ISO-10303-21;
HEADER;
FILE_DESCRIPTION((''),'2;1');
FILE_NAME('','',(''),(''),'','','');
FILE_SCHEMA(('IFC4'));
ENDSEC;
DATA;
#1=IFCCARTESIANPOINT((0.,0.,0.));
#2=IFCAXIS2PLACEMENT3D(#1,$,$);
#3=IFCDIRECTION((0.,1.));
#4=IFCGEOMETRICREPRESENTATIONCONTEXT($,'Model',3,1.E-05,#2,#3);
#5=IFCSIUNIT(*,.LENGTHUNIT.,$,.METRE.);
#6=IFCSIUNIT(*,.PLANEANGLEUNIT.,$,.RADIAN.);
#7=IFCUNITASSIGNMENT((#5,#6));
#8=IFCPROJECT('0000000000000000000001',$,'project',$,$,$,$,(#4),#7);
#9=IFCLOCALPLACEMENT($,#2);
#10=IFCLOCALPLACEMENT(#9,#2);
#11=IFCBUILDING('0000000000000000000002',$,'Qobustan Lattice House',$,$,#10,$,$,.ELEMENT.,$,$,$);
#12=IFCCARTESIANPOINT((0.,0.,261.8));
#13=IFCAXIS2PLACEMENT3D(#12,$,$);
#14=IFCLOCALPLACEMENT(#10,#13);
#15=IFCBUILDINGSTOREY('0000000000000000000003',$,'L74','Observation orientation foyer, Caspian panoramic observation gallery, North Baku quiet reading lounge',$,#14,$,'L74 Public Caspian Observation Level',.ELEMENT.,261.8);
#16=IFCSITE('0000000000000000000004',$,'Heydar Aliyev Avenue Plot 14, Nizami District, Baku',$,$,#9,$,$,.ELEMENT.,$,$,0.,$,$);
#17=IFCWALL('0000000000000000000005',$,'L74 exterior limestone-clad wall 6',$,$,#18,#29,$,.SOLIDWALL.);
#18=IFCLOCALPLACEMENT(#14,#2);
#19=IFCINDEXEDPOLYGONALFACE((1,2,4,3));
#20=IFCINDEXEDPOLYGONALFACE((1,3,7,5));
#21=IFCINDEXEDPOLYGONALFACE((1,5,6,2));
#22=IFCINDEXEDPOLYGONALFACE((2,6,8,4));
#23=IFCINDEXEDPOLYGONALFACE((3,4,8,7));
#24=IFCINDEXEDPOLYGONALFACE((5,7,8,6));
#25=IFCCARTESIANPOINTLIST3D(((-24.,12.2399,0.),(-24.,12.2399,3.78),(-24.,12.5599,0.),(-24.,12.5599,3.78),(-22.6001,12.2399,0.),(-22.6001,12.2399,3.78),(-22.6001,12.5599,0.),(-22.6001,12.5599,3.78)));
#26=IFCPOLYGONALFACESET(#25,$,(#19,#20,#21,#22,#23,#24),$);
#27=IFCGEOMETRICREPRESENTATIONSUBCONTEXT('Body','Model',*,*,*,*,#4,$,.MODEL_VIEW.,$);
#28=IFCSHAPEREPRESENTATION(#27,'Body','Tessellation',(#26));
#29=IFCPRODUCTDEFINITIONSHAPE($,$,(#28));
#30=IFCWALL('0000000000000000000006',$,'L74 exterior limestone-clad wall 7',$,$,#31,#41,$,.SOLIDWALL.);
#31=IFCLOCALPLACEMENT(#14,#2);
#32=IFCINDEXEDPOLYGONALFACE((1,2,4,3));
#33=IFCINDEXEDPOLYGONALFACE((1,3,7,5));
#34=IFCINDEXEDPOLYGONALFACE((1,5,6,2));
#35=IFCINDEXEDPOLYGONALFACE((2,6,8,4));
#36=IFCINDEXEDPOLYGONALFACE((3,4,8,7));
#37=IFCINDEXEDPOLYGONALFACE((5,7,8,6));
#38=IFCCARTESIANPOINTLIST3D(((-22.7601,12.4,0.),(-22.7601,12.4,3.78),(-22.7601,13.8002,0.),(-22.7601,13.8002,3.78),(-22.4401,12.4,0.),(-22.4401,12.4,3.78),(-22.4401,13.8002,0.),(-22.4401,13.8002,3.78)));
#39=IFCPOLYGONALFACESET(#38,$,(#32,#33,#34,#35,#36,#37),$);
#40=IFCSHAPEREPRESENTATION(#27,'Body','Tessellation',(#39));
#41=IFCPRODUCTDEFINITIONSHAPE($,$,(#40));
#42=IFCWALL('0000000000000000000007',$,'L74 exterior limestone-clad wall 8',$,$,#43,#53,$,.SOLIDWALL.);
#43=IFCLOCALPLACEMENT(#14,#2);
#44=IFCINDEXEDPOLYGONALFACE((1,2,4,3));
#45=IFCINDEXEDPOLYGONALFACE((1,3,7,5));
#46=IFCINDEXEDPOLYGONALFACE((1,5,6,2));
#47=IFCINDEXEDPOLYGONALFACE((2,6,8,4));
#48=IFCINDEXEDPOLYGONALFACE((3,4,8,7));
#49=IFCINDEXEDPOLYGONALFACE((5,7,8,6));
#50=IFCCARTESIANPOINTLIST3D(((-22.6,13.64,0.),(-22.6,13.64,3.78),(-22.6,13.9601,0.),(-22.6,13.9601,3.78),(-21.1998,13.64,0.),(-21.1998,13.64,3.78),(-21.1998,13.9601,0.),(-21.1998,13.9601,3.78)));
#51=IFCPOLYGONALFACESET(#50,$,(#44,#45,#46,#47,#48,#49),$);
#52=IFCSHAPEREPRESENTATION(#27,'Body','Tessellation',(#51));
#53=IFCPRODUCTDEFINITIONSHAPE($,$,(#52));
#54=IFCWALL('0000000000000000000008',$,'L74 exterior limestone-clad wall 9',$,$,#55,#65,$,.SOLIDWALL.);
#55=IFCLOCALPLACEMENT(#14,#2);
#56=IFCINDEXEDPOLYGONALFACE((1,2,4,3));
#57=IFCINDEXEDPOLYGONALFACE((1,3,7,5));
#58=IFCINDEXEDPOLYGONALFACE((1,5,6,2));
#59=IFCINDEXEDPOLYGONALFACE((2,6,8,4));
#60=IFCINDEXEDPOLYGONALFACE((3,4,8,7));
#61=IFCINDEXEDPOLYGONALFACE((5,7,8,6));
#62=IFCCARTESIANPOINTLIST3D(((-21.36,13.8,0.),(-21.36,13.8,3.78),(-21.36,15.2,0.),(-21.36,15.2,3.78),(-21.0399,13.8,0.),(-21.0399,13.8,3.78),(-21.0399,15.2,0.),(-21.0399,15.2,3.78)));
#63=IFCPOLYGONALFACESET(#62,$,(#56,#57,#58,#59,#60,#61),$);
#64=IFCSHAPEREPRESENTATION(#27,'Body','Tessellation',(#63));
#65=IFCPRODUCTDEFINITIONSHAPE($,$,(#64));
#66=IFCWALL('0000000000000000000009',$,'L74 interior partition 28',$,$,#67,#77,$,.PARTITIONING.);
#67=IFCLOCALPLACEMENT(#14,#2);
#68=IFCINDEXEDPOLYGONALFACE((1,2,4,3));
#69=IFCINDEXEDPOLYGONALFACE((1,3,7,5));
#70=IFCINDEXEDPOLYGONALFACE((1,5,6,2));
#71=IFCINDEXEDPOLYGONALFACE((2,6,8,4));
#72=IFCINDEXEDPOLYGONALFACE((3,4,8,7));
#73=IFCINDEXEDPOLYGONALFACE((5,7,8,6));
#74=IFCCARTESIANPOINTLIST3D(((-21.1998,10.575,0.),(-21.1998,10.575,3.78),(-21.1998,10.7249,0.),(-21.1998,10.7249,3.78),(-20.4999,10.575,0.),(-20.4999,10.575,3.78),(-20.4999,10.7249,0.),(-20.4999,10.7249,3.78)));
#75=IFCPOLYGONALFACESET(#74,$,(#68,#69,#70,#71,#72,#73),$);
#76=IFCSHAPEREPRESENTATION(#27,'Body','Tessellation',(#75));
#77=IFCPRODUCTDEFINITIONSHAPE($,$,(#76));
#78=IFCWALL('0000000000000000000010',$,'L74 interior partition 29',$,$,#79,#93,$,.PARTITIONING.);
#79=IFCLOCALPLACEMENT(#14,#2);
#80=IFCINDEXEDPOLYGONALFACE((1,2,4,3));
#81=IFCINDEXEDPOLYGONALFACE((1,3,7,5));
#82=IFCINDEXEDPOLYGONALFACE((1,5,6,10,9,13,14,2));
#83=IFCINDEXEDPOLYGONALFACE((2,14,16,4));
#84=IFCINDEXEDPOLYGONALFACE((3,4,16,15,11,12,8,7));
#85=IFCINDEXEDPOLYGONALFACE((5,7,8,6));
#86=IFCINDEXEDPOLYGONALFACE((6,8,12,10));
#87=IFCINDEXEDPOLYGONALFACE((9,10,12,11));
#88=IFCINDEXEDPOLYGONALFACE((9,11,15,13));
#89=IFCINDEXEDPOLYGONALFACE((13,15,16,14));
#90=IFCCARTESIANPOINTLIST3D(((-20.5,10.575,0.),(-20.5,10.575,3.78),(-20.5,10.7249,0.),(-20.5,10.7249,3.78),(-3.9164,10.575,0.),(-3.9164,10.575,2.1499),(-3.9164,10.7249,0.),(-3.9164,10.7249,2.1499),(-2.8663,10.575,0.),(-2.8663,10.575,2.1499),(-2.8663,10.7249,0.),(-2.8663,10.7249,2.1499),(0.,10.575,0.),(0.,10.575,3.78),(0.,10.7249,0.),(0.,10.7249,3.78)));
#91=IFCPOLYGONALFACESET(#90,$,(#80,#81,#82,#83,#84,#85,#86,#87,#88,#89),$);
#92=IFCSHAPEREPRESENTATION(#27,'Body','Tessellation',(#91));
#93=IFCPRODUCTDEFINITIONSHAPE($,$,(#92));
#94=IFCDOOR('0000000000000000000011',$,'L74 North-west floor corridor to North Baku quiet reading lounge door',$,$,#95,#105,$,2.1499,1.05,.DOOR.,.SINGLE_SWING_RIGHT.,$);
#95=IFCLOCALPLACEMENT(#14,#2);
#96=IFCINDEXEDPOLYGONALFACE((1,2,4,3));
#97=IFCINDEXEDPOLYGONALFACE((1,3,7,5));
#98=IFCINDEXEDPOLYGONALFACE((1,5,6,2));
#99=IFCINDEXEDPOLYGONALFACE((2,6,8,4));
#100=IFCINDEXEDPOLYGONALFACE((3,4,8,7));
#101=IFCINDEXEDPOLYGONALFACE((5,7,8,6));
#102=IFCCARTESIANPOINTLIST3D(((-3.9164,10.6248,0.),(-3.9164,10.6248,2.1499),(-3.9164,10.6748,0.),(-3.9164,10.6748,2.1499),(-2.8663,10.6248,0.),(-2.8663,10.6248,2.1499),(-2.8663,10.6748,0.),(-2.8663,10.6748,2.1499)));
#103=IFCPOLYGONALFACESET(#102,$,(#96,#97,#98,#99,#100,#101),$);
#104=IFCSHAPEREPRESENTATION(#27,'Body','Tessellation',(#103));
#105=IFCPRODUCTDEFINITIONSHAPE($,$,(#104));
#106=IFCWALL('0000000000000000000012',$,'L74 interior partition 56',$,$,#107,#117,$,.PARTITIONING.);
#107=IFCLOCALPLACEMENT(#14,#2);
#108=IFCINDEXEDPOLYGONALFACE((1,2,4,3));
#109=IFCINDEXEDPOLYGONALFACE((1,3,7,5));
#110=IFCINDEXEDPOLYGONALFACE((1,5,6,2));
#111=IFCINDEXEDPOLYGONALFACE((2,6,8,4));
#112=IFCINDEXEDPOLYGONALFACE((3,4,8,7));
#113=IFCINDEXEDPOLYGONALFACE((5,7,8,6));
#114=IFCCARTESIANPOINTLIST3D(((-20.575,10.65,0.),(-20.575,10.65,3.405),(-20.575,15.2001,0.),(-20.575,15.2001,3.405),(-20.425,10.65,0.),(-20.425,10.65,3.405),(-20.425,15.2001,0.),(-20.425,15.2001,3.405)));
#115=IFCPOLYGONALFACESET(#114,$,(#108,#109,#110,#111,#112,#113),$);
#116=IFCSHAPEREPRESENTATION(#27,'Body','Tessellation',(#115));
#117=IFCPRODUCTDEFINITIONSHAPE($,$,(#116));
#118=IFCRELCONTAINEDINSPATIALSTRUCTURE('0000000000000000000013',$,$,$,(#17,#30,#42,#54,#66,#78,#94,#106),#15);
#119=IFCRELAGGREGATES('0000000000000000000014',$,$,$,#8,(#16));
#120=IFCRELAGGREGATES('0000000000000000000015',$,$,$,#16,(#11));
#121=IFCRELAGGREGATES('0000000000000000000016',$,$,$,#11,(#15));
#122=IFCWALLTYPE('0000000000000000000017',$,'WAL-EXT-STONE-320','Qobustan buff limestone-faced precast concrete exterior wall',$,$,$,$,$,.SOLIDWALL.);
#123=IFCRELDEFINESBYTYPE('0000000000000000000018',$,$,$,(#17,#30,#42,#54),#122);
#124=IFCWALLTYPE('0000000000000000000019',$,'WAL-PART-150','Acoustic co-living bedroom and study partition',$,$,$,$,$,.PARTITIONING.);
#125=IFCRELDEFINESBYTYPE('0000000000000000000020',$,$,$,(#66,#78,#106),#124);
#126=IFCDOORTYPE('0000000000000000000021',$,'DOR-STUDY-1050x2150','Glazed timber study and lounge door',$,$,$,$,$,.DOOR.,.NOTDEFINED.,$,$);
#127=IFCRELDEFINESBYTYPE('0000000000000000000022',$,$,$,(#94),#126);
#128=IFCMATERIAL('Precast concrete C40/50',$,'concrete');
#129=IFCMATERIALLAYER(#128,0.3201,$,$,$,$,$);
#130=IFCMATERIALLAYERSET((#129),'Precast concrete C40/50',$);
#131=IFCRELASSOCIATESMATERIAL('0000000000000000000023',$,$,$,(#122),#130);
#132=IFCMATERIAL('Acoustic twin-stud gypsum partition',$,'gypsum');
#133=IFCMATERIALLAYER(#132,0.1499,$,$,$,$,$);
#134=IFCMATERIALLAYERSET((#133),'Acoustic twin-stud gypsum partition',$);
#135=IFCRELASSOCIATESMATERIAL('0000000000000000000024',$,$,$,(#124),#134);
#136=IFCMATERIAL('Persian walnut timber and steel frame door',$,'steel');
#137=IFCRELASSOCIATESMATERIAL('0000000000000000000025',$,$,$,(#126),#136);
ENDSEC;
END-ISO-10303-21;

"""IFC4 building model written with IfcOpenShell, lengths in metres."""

from ifc_helpers import new_model, si_unit, direction, frame, frame_2d, origin, place, context, subcontext, project, spatial, rectangle, extrude, material, layer, layer_set, type_object, element, fill, save


model = new_model("IFC4")

# Units and contexts
model_context = context("Model", 3, precision=1e-05, world=origin(), true_north=direction((0.0, 1.0)))
body_context = subcontext(model_context, "Body", "Model", "MODEL_VIEW")
ifc_project = project(units=[si_unit("LENGTHUNIT", "METRE"), si_unit("PLANEANGLEUNIT", "RADIAN")], contexts=[model_context])

# Site, building, storey
site_placement = place(None, origin())
site = spatial("IfcSite", under=ifc_project, at=site_placement, Name="Heydar Aliyev Avenue Plot 14, Nizami District, Baku", CompositionType="ELEMENT", RefElevation=0.0)
building_placement = place(site_placement, origin())
building = spatial("IfcBuilding", under=site, at=building_placement, Name="Qobustan Lattice House", CompositionType="ELEMENT")
storey_placement = place(building_placement, frame((0.0, 0.0, 261.8)))
storey = spatial("IfcBuildingStorey", under=building, at=storey_placement, Name="L74", Description="Observation orientation foyer, Caspian panoramic observation gallery, North Baku quiet reading lounge", LongName="L74 Public Caspian Observation Level", CompositionType="ELEMENT", Elevation=261.8)

# Walls
ifc_material_1 = material(Name="Precast concrete C40/50", Category="concrete")
ifc_layer_1 = layer(ifc_material_1, 0.3201)
ifc_layer_set_1 = layer_set([ifc_layer_1], Name="Precast concrete C40/50")
wall_type_1 = type_object("IfcWallType", Name="WAL-EXT-STONE-320", Description="Qobustan buff limestone-faced precast concrete exterior wall", PredefinedType="SOLIDWALL", material=ifc_layer_set_1)
wall_1_placement = place(storey_placement, frame((-24.0, 12.3999, 0.0), z_axis=(0.0, 0.0, 1.0), x_axis=(1.0, 0.0, 0.0)))
element("IfcWall", 1, at=wall_1_placement, inside=storey, type_object=wall_type_1, Name="L74 exterior limestone-clad wall 6", PredefinedType="SOLIDWALL", context=body_context, shape_type="SweptSolid", body=[
    extrude(rectangle(XDim=1.3999, YDim=0.3201, at=frame_2d((0.7, 0.0))), origin(), (0.0, 0.0, 1.0), 3.78),
])
for number, where, z_axis, x_axis, name in (
    (2, (-22.6001, 12.3999, 0.0), (0.0, 0.0, 1.0), (0.0, 1.0, 0.0), "L74 exterior limestone-clad wall 7"),
    (3, (-22.6001, 13.8, 0.0), (0.0, 0.0, 1.0), (1.0, 0.0, 0.0), "L74 exterior limestone-clad wall 8"),
):
    element("IfcWall", number, at=place(storey_placement, frame(where, z_axis=z_axis, x_axis=x_axis)), inside=storey, type_object=wall_type_1, Name=name, PredefinedType="SOLIDWALL", context=body_context, shape_type="SweptSolid", body=[
        extrude(rectangle(XDim=1.4001, YDim=0.3201, at=frame_2d((0.7002, 0.0))), origin(), (0.0, 0.0, 1.0), 3.78),
    ])
wall_2_placement = place(storey_placement, frame((-21.2, 13.8, 0.0), z_axis=(0.0, 0.0, 1.0), x_axis=(0.0, 1.0, 0.0)))
element("IfcWall", 4, at=wall_2_placement, inside=storey, type_object=wall_type_1, Name="L74 exterior limestone-clad wall 9", PredefinedType="SOLIDWALL", context=body_context, shape_type="SweptSolid", body=[
    extrude(rectangle(XDim=1.3999, YDim=0.3201, at=frame_2d((0.7, 0.0))), origin(), (0.0, 0.0, 1.0), 3.78),
])
ifc_material_2 = material(Name="Acoustic twin-stud gypsum partition", Category="gypsum")
ifc_layer_2 = layer(ifc_material_2, 0.1499)
ifc_layer_set_2 = layer_set([ifc_layer_2], Name="Acoustic twin-stud gypsum partition")
wall_type_2 = type_object("IfcWallType", Name="WAL-PART-150", Description="Acoustic co-living bedroom and study partition", PredefinedType="PARTITIONING", material=ifc_layer_set_2)
wall_3_placement = place(storey_placement, frame((-21.2, 10.6499, 0.0), z_axis=(0.0, 0.0, 1.0), x_axis=(1.0, 0.0, 0.0)))
element("IfcWall", 5, at=wall_3_placement, inside=storey, type_object=wall_type_2, Name="L74 interior partition 28", PredefinedType="PARTITIONING", context=body_context, shape_type="SweptSolid", body=[
    extrude(rectangle(XDim=0.7, YDim=0.1499, at=frame_2d((0.3501, 0.0))), origin(), (0.0, 0.0, 1.0), 3.78),
])

# Wall, opening, door
wall_4_placement = place(storey_placement, frame((-20.5, 10.6499, 0.0), z_axis=(0.0, 0.0, 1.0), x_axis=(1.0, 0.0, 0.0)))
wall_4 = element("IfcWall", 6, at=wall_4_placement, inside=storey, type_object=wall_type_2, Name="L74 interior partition 29", PredefinedType="PARTITIONING", context=body_context, shape_type="SweptSolid", body=[
    extrude(rectangle(XDim=20.5, YDim=0.1499, at=frame_2d((10.25, 0.0))), origin(), (0.0, 0.0, 1.0), 3.78),
])
opening_placement = place(wall_4_placement, frame((16.5837, 0.0, 0.0)))
opening = element("IfcOpeningElement", 7, at=opening_placement, cuts=wall_4, PredefinedType="OPENING", context=body_context, shape_type="SweptSolid", body=[
    extrude(rectangle(XDim=1.05, YDim=2.1499, at=frame_2d((0.5249, 1.075))), frame((0.0, 0.085, 0.0), z_axis=(0.0, -1.0, 0.0), x_axis=(1.0, 0.0, 0.0)), (0.0, 0.0, 1.0), 0.1699),
])
ifc_material_3 = material(Name="Persian walnut timber and steel frame door", Category="steel")
door_type = type_object("IfcDoorType", Name="DOR-STUDY-1050x2150", Description="Glazed timber study and lounge door", OperationType="NOTDEFINED", PredefinedType="DOOR", material=ifc_material_3)
door_placement = place(opening_placement, origin())
door = element("IfcDoor", 8, at=door_placement, inside=storey, type_object=door_type, Name="L74 North-west floor corridor to North Baku quiet reading lounge door", OperationType="SINGLE_SWING_RIGHT", OverallHeight=2.1499, OverallWidth=1.05, PredefinedType="DOOR", context=body_context, shape_type="SweptSolid", body=[
    extrude(rectangle(XDim=1.05, YDim=2.1499, at=frame_2d((0.5249, 1.075))), frame((0.0, 0.0249, 0.0), z_axis=(0.0, -1.0, 0.0), x_axis=(1.0, 0.0, 0.0)), (0.0, 0.0, 1.0), 0.05),
])
fill(opening, door)

# Wall
wall_5_placement = place(storey_placement, frame((-20.5, 15.2, 0.0), z_axis=(0.0, 0.0, 1.0), x_axis=(0.0, -1.0, 0.0)))
element("IfcWall", 9, at=wall_5_placement, inside=storey, type_object=wall_type_2, Name="L74 interior partition 56", PredefinedType="PARTITIONING", context=body_context, shape_type="SweptSolid", body=[
    extrude(rectangle(XDim=4.55, YDim=0.1499, at=frame_2d((2.2749, 0.0))), origin(), (0.0, 0.0, 1.0), 3.405),
])

save(model, "model.ifc")
